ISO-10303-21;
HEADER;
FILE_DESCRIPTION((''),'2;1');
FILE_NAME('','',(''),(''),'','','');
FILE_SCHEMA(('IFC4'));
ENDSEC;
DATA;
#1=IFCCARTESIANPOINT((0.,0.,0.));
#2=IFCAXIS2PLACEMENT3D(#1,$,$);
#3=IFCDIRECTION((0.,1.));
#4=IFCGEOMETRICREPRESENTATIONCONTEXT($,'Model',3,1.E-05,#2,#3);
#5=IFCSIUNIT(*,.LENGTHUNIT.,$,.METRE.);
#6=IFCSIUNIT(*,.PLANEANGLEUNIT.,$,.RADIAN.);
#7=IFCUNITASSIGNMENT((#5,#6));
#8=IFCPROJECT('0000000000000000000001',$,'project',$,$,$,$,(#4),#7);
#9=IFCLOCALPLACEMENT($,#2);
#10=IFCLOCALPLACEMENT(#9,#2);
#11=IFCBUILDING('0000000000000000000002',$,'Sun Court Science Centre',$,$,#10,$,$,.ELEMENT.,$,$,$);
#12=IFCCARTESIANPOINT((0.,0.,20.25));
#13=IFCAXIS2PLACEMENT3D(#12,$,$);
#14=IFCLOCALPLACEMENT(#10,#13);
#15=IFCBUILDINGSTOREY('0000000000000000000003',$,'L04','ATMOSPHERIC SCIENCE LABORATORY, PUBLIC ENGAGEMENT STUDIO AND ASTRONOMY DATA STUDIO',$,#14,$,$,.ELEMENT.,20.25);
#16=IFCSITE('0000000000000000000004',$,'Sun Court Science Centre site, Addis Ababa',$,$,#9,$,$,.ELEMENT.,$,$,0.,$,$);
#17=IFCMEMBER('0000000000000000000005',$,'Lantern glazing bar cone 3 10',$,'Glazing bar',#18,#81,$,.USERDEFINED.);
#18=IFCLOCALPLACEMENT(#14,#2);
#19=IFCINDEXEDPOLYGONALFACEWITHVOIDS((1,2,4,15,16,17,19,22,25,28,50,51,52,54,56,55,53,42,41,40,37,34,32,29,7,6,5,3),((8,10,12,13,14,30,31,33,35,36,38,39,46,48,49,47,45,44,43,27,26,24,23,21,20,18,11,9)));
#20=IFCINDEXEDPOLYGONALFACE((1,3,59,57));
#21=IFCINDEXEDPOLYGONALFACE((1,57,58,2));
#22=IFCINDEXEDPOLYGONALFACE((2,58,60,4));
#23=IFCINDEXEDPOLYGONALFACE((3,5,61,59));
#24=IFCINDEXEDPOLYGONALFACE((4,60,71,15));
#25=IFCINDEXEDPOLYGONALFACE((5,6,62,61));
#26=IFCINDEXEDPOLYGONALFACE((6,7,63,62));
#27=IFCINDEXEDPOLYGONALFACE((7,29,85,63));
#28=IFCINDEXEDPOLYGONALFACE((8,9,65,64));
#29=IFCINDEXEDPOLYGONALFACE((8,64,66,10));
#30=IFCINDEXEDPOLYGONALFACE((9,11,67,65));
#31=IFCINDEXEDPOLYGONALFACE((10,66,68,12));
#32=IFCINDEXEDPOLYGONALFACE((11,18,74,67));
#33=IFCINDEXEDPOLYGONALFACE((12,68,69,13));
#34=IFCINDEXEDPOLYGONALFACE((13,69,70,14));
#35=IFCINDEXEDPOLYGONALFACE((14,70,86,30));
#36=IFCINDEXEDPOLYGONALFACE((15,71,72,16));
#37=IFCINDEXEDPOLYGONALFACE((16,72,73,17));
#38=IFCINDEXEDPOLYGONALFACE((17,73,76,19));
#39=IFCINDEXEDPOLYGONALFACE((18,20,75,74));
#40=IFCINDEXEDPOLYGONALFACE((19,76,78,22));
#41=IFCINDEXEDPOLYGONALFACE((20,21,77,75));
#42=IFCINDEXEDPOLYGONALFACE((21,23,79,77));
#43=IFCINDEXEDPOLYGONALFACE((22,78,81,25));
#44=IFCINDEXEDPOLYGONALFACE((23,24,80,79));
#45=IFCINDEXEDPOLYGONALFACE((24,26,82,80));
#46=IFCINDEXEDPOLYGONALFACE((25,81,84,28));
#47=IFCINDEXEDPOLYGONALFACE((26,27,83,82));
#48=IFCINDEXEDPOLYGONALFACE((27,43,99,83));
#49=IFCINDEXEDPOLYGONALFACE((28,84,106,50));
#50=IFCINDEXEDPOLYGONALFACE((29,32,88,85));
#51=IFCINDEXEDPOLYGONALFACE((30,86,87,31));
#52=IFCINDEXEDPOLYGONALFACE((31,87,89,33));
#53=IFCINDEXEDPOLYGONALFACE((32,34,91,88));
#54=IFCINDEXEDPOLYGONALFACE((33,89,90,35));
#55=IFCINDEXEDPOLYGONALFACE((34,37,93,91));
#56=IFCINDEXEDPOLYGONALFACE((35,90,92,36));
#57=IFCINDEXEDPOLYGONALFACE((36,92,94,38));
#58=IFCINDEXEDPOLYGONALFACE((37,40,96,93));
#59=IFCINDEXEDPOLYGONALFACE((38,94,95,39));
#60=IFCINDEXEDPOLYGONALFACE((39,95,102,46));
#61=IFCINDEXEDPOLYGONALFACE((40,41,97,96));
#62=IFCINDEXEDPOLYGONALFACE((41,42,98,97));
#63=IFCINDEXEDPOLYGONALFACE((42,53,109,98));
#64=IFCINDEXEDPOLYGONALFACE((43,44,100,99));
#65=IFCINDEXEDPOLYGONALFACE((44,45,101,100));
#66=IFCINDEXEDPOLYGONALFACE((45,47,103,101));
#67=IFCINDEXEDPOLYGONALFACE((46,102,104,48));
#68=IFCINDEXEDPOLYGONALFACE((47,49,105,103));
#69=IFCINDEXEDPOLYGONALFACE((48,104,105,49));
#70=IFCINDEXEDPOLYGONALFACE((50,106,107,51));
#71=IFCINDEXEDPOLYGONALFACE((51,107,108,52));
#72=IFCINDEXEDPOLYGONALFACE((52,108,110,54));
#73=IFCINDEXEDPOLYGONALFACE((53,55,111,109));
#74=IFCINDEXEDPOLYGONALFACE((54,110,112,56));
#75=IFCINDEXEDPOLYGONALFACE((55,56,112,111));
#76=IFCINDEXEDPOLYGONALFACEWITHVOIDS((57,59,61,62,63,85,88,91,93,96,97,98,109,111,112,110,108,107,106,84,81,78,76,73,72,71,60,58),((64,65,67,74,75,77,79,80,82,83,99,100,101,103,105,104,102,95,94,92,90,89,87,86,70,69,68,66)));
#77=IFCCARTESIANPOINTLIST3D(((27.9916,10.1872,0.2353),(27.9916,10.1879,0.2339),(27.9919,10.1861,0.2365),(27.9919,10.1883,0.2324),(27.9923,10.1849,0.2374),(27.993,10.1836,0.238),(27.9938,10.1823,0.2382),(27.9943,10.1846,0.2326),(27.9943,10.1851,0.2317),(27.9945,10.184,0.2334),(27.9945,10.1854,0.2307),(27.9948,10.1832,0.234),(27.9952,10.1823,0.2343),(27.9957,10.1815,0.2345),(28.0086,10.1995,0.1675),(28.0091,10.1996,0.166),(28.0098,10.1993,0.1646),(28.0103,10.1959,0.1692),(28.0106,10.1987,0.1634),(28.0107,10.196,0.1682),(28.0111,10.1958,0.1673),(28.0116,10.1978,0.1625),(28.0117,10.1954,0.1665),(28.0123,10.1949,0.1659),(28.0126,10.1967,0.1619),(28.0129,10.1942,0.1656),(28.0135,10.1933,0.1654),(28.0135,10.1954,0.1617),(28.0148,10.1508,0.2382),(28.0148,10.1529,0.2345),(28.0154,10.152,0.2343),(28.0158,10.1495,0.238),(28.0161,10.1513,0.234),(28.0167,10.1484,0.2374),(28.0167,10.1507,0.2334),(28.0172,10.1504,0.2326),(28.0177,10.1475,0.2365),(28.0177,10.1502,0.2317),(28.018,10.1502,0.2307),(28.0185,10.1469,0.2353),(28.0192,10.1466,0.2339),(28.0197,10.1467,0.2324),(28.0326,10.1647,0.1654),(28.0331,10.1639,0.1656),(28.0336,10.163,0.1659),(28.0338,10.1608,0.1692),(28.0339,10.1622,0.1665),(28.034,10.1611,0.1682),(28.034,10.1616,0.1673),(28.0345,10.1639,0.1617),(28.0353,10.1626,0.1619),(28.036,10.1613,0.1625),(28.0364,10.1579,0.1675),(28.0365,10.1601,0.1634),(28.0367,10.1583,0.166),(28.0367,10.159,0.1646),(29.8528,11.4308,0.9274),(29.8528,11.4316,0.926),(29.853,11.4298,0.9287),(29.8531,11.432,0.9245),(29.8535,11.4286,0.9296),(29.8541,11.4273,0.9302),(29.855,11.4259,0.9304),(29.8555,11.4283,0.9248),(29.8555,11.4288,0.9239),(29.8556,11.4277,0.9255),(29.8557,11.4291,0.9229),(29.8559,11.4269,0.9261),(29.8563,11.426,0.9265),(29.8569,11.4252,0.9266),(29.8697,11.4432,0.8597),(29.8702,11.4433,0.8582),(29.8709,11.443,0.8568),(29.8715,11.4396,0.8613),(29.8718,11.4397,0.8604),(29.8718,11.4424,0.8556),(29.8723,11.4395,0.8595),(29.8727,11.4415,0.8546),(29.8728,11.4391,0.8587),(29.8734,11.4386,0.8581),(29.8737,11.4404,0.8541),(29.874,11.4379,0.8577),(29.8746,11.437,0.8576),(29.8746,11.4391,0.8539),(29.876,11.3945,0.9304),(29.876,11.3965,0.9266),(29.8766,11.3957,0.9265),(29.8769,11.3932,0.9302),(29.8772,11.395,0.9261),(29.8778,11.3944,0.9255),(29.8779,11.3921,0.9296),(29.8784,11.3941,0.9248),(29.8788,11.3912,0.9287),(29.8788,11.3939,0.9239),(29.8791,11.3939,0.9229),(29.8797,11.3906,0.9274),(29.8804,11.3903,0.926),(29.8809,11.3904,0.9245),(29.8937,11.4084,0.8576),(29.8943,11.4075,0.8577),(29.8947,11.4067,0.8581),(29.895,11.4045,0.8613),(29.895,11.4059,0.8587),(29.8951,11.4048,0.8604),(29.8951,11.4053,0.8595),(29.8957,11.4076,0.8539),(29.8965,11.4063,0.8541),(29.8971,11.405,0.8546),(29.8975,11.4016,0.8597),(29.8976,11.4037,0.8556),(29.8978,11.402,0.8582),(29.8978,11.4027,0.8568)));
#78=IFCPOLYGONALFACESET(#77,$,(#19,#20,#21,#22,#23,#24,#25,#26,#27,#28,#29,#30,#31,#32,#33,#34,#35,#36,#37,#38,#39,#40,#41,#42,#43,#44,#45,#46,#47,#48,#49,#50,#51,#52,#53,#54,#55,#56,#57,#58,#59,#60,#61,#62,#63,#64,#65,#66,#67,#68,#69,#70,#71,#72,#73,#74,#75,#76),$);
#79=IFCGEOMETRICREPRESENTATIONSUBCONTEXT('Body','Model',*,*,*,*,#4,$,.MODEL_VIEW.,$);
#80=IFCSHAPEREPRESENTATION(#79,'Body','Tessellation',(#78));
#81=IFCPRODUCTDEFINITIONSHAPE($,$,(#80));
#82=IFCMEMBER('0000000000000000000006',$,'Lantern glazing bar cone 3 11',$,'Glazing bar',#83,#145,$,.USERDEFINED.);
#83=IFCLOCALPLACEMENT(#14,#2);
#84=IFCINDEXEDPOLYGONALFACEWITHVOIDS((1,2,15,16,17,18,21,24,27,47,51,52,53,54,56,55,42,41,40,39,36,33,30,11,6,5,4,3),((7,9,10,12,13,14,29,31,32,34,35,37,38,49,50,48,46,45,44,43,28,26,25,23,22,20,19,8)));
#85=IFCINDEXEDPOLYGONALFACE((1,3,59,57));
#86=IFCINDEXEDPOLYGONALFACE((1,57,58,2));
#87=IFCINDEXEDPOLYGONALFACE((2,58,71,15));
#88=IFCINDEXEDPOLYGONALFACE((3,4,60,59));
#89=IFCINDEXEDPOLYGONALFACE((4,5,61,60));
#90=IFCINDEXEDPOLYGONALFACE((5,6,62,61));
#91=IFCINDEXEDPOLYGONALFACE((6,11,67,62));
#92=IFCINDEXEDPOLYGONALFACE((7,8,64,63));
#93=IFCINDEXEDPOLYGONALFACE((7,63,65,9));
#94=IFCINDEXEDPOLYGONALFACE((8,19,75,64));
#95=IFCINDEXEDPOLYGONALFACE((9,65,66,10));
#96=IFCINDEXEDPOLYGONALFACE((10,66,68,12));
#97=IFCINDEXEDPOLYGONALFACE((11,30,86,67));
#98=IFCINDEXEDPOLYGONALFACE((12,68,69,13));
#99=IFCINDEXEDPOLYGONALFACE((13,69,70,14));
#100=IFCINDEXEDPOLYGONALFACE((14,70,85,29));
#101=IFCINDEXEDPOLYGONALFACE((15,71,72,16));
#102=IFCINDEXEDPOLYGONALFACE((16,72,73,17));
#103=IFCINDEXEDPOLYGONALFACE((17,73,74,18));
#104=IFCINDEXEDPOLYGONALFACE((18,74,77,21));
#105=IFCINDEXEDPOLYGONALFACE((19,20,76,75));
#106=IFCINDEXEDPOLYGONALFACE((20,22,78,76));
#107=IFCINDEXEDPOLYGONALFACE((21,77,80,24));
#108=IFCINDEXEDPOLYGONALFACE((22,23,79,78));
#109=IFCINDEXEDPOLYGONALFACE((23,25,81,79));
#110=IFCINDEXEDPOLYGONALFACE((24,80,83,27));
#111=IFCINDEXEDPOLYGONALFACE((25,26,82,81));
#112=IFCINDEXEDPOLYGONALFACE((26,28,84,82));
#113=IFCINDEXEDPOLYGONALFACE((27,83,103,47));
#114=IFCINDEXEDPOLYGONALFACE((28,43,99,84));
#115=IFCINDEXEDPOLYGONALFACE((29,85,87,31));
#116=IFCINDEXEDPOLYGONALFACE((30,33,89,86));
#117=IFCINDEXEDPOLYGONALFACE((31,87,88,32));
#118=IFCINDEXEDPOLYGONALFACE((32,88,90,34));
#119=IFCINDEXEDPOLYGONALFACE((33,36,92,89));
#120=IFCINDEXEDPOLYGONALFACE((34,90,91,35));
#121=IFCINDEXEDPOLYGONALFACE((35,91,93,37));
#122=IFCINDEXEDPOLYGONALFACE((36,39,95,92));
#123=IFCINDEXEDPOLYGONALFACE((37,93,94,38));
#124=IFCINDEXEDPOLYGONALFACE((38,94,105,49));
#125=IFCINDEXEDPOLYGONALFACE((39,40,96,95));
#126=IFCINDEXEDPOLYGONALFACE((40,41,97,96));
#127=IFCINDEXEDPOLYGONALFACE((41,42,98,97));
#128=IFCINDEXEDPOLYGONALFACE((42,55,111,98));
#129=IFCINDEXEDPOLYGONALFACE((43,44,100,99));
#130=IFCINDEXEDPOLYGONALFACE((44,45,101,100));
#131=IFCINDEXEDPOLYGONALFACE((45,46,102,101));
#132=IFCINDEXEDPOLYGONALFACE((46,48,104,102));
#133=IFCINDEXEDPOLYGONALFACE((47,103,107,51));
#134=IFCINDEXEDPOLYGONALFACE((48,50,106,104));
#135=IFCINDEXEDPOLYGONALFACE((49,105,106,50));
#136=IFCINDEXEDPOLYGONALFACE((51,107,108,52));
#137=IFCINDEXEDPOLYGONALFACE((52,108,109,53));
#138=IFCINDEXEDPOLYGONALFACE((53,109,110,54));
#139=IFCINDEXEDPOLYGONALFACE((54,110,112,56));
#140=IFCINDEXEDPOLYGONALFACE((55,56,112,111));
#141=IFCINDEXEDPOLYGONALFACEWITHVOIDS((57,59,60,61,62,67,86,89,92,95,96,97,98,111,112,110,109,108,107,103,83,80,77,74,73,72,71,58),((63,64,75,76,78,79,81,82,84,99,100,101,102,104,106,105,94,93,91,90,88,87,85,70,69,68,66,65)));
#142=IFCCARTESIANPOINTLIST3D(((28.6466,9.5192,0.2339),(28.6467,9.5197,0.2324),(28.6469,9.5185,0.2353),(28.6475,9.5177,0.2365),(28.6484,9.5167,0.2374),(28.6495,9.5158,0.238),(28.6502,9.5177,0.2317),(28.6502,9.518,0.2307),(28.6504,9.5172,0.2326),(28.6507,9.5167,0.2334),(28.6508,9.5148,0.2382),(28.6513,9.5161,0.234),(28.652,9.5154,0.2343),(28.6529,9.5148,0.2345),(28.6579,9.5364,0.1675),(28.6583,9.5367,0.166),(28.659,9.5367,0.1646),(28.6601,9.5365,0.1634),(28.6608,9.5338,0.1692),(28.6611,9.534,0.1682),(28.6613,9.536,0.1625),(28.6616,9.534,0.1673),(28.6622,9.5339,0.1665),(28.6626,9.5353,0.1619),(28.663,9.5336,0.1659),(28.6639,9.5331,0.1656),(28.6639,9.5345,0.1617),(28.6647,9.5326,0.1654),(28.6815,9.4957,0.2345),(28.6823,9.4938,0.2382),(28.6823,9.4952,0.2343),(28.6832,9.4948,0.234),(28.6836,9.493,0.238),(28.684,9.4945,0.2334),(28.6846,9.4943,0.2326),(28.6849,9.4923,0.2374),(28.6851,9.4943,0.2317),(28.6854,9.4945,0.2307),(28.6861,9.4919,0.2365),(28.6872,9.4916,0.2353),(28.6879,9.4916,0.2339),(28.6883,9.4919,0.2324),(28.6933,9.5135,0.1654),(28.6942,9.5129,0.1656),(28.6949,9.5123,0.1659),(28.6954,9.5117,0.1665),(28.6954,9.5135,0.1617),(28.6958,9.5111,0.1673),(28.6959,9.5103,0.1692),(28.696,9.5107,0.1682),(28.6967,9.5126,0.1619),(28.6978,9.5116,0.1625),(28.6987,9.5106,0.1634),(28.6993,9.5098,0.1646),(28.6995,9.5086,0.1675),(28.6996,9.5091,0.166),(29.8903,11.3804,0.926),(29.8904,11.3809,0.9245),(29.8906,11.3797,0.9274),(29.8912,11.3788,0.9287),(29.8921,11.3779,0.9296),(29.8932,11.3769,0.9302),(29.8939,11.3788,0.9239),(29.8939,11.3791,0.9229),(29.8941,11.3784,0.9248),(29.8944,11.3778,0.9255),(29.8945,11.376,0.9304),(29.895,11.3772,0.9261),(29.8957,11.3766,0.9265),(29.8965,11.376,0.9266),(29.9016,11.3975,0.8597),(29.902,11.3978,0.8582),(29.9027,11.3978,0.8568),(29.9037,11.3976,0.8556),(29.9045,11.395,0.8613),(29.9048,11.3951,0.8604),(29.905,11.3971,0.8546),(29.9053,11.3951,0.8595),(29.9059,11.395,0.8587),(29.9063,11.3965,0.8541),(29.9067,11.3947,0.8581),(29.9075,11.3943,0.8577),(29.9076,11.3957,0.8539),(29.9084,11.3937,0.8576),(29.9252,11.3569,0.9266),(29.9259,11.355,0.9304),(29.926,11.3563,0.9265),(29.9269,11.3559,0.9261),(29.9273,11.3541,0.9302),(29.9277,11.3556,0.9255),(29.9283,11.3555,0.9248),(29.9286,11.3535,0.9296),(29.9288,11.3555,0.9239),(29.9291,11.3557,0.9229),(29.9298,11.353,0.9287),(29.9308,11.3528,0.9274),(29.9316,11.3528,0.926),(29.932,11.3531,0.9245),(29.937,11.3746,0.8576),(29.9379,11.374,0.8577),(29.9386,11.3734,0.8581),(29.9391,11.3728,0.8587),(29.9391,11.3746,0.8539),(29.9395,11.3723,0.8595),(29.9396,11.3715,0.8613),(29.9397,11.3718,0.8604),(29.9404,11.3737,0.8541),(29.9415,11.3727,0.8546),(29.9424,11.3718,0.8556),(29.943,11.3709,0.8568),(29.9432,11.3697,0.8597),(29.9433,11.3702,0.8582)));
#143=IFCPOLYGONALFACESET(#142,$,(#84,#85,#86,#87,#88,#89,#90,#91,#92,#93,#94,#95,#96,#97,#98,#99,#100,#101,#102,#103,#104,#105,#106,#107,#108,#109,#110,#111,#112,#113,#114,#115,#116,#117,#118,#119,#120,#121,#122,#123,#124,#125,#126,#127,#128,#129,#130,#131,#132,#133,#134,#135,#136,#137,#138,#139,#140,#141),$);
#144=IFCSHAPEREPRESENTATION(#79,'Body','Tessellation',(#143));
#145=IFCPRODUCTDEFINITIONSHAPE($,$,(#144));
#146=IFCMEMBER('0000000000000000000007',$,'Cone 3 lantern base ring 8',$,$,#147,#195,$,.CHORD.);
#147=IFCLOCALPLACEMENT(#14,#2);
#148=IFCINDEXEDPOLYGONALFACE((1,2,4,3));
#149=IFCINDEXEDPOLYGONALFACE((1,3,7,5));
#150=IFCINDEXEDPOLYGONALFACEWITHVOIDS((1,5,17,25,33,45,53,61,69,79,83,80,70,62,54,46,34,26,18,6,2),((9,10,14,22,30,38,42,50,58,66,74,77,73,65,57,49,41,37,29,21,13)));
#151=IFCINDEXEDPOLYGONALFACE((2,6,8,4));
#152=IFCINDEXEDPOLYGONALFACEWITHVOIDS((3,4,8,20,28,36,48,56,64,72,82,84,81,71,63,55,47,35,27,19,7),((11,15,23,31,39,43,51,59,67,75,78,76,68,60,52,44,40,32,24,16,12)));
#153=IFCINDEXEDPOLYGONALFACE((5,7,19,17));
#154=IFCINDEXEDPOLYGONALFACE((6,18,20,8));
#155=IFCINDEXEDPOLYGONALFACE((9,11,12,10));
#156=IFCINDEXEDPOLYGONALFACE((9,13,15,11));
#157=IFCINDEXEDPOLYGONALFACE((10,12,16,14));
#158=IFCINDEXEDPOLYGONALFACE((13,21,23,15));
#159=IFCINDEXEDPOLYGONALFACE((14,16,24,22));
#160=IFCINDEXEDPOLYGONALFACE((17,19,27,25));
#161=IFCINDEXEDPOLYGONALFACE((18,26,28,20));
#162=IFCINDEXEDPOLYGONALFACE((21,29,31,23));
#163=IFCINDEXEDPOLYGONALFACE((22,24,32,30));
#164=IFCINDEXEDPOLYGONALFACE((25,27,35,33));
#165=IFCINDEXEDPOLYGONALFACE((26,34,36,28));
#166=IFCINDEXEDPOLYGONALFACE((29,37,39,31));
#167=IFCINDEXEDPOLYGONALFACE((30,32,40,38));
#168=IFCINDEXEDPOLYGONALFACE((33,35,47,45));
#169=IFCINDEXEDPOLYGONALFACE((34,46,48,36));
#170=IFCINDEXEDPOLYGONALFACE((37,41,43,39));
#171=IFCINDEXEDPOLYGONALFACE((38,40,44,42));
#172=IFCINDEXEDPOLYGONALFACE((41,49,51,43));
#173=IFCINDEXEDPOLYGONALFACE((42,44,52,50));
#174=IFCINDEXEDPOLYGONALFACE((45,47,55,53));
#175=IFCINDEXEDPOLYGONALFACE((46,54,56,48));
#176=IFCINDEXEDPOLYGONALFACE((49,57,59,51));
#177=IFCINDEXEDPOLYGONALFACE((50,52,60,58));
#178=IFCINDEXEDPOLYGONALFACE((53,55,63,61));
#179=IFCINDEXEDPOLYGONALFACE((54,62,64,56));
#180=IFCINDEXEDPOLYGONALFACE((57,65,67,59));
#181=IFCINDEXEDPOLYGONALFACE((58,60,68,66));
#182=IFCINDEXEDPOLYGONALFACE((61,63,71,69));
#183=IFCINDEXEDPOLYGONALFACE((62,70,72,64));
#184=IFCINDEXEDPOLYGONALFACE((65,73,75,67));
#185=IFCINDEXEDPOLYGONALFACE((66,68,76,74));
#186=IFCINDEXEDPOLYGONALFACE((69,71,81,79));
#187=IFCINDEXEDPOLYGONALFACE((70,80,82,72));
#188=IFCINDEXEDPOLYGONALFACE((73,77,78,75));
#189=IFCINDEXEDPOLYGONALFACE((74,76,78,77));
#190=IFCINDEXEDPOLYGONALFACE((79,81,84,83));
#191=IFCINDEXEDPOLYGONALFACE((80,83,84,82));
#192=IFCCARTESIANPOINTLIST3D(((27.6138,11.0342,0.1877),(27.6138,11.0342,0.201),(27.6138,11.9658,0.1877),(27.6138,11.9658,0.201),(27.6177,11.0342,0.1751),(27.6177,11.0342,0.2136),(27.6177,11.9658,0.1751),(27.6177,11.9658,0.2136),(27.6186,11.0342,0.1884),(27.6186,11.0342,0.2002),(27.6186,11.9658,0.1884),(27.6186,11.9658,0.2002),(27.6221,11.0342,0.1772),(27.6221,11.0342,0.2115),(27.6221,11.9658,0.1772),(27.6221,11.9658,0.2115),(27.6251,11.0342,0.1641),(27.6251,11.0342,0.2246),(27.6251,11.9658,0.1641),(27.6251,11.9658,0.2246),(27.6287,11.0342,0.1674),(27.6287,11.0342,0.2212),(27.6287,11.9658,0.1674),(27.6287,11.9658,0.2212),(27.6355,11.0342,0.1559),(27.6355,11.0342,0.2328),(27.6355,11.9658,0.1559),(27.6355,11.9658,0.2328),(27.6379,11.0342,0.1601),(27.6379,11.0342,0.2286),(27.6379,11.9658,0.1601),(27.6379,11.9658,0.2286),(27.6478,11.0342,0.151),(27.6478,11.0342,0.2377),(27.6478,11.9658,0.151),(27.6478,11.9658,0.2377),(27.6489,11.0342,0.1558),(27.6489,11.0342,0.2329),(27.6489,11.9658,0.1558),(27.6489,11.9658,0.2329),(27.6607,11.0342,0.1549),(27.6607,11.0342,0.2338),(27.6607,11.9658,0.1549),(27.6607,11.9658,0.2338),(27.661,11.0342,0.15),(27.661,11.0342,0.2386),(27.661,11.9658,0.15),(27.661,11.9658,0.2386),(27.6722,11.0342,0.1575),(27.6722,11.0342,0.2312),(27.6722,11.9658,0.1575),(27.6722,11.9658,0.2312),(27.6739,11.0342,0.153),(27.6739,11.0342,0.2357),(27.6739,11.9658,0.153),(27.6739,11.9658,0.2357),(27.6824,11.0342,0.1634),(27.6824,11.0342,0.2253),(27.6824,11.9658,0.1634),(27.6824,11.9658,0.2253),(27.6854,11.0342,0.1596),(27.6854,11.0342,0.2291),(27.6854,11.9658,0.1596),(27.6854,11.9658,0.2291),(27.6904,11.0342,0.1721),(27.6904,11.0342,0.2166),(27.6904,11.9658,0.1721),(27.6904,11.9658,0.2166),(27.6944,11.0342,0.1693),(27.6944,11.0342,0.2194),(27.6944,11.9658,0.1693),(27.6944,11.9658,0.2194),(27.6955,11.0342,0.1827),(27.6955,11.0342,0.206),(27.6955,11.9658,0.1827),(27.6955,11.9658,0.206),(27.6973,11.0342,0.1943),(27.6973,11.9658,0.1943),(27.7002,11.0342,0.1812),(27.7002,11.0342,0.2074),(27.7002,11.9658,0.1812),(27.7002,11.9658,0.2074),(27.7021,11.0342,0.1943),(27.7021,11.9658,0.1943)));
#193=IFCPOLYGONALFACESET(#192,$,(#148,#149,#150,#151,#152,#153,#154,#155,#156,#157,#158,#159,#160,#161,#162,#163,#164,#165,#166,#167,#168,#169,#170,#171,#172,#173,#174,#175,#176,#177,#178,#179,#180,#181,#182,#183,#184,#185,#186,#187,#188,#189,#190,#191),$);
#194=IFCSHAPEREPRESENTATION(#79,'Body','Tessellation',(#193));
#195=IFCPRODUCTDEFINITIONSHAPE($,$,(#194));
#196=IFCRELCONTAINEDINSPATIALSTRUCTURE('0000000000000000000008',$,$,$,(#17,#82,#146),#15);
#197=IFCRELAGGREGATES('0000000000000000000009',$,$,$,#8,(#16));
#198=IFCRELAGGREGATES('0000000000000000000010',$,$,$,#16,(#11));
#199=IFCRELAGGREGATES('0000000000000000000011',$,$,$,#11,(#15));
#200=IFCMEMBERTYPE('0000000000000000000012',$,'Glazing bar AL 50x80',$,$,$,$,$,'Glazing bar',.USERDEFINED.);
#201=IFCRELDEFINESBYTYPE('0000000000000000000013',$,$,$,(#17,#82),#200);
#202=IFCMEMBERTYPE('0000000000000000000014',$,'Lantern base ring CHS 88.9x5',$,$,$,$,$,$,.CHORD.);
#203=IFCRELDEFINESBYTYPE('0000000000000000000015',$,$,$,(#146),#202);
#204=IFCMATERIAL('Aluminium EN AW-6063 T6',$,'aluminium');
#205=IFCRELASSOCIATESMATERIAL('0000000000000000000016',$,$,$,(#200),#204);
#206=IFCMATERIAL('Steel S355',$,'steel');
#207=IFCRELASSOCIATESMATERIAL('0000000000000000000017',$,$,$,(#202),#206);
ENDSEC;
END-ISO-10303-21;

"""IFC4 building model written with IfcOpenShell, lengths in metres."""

from ifc_helpers import new_model, si_unit, direction, frame, origin, origin_2d, place, context, subcontext, project, spatial, hollow_rectangle, hollow_circle, extrude, material, material_profile, profile_set, type_object, element, save


model = new_model("IFC4")

# Units and contexts
model_context = context("Model", 3, precision=1e-05, world=origin(), true_north=direction((0.0, 1.0)))
body_context = subcontext(model_context, "Body", "Model", "MODEL_VIEW")
ifc_project = project(units=[si_unit("LENGTHUNIT", "METRE"), si_unit("PLANEANGLEUNIT", "RADIAN")], contexts=[model_context])

# Site, building, storey
site_placement = place(None, origin())
site = spatial("IfcSite", under=ifc_project, at=site_placement, Name="Sun Court Science Centre site, Addis Ababa", CompositionType="ELEMENT", RefElevation=0.0)
building_placement = place(site_placement, origin())
building = spatial("IfcBuilding", under=site, at=building_placement, Name="Sun Court Science Centre", CompositionType="ELEMENT")
storey_placement = place(building_placement, frame((0.0, 0.0, 20.25)))
storey = spatial("IfcBuildingStorey", under=building, at=storey_placement, Name="L04", Description="ATMOSPHERIC SCIENCE LABORATORY, PUBLIC ENGAGEMENT STUDIO AND ASTRONOMY DATA STUDIO", CompositionType="ELEMENT", Elevation=20.25)

# Members
ifc_material_1 = material(Name="Aluminium EN AW-6063 T6", Category="aluminium")
ifc_material_profile_1 = material_profile(ifc_material_1, hollow_rectangle(XDim=0.05, YDim=0.0801, WallThickness=0.0039, InnerFilletRadius=0.0039, OuterFilletRadius=0.0061, at=origin_2d()), Name="AL 50x80x4")
ifc_profile_set_1 = profile_set([ifc_material_profile_1], Name="Aluminium EN AW-6063 T6")
member_type_1 = type_object("IfcMemberType", Name="Glazing bar AL 50x80", ElementType="Glazing bar", PredefinedType="USERDEFINED", material=ifc_profile_set_1)
for number, where, z_axis, x_axis, name in (
    (1, (28.0142, 10.1731, 0.2), (0.794338, 0.530809, 0.295415), (-0.555606, 0.831446, 0.0), "Lantern glazing bar cone 3 10"),
    (2, (28.6731, 9.5142, 0.2), (0.530809, 0.794338, 0.295415), (-0.831446, 0.555606, 0.0), "Lantern glazing bar cone 3 11"),
):
    element("IfcMember", number, at=place(storey_placement, frame(where, z_axis=z_axis, x_axis=x_axis)), inside=storey, type_object=member_type_1, Name=name, ObjectType="Glazing bar", PredefinedType="USERDEFINED", context=body_context, shape_type="SweptSolid", body=[
        extrude(hollow_rectangle(XDim=0.05, YDim=0.0801, WallThickness=0.0039, InnerFilletRadius=0.0039, OuterFilletRadius=0.0061, at=origin_2d()), origin(), (0.0, 0.0, 1.0), 2.343),
    ])
ifc_material_2 = material(Name="Steel S355", Category="steel")
ifc_material_profile_2 = material_profile(ifc_material_2, hollow_circle(Radius=0.0444, WallThickness=0.0049, at=origin_2d()), Name="CHS 88.9x5")
ifc_profile_set_2 = profile_set([ifc_material_profile_2], Name="Steel S355")
member_type_2 = type_object("IfcMemberType", Name="Lantern base ring CHS 88.9x5", PredefinedType="CHORD", material=ifc_profile_set_2)
member_placement = place(storey_placement, frame((27.6577, 11.9658, 0.1943), z_axis=(0.0, -1.0, 0.0), x_axis=(1.0, 0.0, 0.0)))
element("IfcMember", 3, at=member_placement, inside=storey, type_object=member_type_2, Name="Cone 3 lantern base ring 8", PredefinedType="CHORD", context=body_context, shape_type="SweptSolid", body=[
    extrude(hollow_circle(Radius=0.0444, WallThickness=0.0049, at=origin_2d()), origin(), (0.0, 0.0, 1.0), 0.9316),
])

save(model, "model.ifc")
